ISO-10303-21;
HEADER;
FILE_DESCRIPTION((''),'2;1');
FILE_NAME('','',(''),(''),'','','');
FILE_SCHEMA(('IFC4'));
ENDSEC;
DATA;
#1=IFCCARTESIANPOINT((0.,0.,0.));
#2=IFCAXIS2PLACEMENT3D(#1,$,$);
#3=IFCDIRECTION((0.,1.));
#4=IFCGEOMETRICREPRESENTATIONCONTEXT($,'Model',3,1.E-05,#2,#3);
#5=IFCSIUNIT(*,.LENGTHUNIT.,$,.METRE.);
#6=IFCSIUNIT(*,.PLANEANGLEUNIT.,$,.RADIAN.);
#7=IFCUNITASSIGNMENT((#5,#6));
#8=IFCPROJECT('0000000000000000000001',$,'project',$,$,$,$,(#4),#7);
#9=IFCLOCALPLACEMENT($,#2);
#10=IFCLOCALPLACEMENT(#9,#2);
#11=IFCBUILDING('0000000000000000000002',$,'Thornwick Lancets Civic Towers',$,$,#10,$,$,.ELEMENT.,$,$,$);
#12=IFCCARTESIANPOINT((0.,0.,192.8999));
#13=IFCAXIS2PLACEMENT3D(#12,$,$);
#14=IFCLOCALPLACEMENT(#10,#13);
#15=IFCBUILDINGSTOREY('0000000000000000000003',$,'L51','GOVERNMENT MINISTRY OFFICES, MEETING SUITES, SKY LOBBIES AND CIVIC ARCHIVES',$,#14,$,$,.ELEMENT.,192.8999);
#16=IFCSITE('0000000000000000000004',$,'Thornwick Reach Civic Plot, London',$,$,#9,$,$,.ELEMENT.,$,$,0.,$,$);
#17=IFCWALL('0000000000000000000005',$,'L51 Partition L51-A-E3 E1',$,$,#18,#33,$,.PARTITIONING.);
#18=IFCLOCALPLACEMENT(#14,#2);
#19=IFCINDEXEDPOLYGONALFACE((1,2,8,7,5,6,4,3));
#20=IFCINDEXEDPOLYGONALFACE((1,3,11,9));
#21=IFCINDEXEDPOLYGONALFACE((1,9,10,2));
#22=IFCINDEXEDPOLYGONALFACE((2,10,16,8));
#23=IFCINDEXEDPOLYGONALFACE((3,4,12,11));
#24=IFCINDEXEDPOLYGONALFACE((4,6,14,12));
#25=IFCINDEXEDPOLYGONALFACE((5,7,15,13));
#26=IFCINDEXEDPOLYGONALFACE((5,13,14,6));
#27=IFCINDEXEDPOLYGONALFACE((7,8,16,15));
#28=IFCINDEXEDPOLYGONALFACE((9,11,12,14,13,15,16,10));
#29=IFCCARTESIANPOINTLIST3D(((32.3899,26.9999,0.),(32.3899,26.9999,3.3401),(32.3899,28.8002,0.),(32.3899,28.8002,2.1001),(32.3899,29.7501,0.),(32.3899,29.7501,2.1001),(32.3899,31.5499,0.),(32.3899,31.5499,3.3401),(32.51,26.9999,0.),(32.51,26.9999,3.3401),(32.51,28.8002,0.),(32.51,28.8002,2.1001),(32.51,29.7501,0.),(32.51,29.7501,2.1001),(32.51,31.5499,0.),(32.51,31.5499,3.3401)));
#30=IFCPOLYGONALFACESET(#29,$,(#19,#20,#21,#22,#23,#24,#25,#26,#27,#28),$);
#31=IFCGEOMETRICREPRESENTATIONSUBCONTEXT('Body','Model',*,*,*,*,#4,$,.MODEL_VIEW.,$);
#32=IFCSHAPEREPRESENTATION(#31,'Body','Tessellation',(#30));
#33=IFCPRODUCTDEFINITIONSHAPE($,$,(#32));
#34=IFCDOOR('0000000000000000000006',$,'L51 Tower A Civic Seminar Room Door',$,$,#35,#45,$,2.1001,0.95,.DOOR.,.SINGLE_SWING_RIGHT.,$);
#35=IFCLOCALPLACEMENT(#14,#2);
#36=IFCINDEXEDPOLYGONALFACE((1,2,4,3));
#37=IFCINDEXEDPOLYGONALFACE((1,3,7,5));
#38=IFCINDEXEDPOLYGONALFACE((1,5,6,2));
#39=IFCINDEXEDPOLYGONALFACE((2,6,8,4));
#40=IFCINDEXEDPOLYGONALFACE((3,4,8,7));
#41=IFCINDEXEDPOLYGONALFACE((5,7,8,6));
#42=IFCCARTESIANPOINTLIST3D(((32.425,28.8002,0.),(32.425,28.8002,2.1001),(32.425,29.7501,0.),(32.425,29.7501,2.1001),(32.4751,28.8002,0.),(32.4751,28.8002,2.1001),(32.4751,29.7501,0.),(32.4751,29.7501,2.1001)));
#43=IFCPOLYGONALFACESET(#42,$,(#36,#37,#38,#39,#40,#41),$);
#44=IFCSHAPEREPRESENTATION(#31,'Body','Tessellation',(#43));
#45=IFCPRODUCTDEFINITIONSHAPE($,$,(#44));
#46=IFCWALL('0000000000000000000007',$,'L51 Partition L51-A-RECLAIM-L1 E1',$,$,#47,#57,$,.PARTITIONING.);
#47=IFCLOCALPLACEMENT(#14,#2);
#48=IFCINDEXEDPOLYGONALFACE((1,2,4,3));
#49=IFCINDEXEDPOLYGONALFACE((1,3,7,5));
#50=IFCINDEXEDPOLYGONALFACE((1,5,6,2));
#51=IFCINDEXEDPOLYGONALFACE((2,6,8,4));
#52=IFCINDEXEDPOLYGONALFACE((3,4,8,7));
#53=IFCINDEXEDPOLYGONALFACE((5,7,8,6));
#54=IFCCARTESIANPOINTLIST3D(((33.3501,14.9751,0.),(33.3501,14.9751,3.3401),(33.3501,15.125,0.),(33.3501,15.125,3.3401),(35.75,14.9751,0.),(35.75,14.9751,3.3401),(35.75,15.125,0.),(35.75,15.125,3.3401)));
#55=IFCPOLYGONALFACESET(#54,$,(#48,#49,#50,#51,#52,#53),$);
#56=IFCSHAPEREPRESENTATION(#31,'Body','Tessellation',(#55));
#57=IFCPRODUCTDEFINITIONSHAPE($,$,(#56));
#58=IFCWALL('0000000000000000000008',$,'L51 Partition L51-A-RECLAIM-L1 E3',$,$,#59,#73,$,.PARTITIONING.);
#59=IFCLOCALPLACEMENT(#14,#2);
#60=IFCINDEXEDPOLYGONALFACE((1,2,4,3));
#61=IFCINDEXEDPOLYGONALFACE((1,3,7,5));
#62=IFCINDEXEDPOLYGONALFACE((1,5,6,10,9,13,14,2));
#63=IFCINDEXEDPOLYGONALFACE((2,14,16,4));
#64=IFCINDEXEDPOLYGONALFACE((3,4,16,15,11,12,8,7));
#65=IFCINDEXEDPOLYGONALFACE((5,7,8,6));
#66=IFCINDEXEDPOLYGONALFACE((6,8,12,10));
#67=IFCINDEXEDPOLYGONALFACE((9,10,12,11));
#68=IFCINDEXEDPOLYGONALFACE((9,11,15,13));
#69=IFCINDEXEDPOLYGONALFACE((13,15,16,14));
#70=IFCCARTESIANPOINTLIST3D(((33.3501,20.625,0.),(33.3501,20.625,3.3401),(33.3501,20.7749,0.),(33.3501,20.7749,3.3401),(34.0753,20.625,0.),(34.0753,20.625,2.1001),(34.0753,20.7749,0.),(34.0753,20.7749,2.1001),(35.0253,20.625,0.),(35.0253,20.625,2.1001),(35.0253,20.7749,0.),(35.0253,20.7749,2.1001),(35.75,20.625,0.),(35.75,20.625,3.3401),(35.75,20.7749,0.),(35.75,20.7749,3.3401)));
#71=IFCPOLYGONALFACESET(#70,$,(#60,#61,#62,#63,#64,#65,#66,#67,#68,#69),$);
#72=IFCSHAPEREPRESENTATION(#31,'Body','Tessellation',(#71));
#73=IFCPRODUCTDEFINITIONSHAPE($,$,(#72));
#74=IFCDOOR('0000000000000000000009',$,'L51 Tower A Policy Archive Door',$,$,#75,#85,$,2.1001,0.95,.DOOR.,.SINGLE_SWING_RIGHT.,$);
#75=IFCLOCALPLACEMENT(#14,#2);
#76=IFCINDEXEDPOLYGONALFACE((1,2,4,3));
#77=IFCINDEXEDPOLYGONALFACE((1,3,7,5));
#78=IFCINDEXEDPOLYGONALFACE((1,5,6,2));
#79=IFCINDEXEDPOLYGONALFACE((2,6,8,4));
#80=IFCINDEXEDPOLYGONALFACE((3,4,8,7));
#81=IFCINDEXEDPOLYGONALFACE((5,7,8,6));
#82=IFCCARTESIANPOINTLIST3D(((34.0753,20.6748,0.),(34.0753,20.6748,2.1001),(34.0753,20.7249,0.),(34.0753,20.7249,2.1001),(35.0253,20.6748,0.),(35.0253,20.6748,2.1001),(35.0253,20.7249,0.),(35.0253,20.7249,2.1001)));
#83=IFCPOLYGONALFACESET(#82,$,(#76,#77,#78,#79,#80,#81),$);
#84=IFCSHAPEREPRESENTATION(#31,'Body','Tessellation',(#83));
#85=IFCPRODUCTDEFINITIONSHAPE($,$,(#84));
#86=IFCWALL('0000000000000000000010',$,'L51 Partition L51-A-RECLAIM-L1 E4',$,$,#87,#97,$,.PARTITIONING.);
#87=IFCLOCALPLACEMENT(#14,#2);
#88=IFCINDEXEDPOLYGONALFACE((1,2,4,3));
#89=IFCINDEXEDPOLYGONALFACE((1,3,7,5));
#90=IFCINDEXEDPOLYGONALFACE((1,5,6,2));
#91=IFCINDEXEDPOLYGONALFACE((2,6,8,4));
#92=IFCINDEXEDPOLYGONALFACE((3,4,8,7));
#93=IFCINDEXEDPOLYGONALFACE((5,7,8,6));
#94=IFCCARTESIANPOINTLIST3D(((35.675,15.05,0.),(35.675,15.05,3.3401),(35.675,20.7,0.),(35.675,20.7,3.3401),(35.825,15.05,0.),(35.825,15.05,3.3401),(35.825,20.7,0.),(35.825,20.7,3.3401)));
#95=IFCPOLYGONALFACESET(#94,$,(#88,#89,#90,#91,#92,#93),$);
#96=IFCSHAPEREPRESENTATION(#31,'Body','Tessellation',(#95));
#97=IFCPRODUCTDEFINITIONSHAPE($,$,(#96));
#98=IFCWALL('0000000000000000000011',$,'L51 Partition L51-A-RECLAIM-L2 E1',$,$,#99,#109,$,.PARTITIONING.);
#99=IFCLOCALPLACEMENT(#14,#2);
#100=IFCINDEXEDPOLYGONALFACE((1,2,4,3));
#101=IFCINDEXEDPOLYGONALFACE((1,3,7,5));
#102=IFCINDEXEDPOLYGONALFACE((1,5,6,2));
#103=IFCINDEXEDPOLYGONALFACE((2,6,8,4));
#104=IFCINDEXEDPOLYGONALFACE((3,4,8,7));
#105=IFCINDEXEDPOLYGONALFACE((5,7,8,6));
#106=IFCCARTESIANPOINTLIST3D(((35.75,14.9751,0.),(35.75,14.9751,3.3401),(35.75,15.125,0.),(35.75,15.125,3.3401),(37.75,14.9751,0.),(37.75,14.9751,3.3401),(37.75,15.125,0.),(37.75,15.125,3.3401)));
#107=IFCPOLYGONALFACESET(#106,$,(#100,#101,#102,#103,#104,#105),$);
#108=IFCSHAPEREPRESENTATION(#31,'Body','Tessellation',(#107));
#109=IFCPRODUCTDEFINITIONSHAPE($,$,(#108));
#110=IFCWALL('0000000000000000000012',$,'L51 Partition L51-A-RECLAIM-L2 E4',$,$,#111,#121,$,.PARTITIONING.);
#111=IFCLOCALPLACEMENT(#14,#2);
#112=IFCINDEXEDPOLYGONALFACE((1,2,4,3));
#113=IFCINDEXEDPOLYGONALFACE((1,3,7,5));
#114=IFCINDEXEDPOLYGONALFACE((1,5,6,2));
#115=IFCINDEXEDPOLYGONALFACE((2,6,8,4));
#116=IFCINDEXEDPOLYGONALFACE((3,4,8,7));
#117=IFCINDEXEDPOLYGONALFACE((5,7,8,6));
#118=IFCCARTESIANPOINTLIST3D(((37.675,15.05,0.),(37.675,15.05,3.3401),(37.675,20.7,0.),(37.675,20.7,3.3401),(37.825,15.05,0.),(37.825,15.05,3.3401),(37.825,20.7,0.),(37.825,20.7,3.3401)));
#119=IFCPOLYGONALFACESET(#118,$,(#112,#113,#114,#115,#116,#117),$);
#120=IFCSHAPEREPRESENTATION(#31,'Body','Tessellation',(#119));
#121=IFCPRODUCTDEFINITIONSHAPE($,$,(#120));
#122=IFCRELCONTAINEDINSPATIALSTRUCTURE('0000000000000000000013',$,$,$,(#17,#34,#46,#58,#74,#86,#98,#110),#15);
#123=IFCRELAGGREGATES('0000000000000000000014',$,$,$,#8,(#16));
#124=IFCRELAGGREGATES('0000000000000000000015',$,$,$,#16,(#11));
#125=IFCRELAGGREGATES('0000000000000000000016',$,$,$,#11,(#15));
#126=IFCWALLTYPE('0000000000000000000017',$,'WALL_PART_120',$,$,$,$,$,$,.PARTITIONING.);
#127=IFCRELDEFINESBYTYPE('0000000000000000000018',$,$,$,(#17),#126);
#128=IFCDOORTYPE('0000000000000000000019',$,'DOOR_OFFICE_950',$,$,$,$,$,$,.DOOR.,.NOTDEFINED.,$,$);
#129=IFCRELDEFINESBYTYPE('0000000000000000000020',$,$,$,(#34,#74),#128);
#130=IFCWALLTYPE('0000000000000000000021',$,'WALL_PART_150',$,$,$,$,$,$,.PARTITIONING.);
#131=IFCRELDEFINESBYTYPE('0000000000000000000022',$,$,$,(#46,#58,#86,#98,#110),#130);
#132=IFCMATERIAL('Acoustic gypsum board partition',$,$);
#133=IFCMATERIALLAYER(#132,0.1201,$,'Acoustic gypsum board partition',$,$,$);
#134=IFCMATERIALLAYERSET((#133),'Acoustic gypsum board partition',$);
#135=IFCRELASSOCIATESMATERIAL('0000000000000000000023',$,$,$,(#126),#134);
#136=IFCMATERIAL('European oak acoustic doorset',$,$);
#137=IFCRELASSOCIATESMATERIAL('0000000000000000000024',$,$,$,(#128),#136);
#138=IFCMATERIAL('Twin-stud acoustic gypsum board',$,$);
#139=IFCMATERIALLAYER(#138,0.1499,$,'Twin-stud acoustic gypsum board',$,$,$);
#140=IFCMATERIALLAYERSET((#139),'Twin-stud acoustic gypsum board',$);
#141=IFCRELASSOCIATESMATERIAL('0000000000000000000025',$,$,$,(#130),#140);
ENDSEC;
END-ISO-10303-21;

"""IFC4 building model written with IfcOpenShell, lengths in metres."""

from ifc_helpers import new_model, si_unit, direction, frame, frame_2d, origin, place, context, subcontext, project, spatial, rectangle, extrude, material, layer, layer_set, type_object, element, fill, save


model = new_model("IFC4")

# Units and contexts
model_context = context("Model", 3, precision=1e-05, world=origin(), true_north=direction((0.0, 1.0)))
body_context = subcontext(model_context, "Body", "Model", "MODEL_VIEW")
ifc_project = project(units=[si_unit("LENGTHUNIT", "METRE"), si_unit("PLANEANGLEUNIT", "RADIAN")], contexts=[model_context])

# Site, building, storey
site_placement = place(None, origin())
site = spatial("IfcSite", under=ifc_project, at=site_placement, Name="Thornwick Reach Civic Plot, London", CompositionType="ELEMENT", RefElevation=0.0)
building_placement = place(site_placement, origin())
building = spatial("IfcBuilding", under=site, at=building_placement, Name="Thornwick Lancets Civic Towers", CompositionType="ELEMENT")
storey_placement = place(building_placement, frame((0.0, 0.0, 192.8999)))
storey = spatial("IfcBuildingStorey", under=building, at=storey_placement, Name="L51", Description="GOVERNMENT MINISTRY OFFICES, MEETING SUITES, SKY LOBBIES AND CIVIC ARCHIVES", CompositionType="ELEMENT", Elevation=192.8999)

# Shared definitions
ifc_material_1 = material(Name="Acoustic gypsum board partition")
ifc_layer_1 = layer(ifc_material_1, 0.1201, Name="Acoustic gypsum board partition")
ifc_layer_set_1 = layer_set([ifc_layer_1], Name="Acoustic gypsum board partition")
wall_type_1 = type_object("IfcWallType", Name="WALL_PART_120", PredefinedType="PARTITIONING", material=ifc_layer_set_1)
ifc_material_2 = material(Name="European oak acoustic doorset")
door_type_1 = type_object("IfcDoorType", Name="DOOR_OFFICE_950", OperationType="NOTDEFINED", PredefinedType="DOOR", material=ifc_material_2)

# Wall, opening, door
wall_1_placement = place(storey_placement, frame((32.45, 27.0, 0.0), z_axis=(0.0, 0.0, 1.0), x_axis=(0.0, 1.0, 0.0)))
wall_1 = element("IfcWall", 1, at=wall_1_placement, inside=storey, type_object=wall_type_1, Name="L51 Partition L51-A-E3 E1", PredefinedType="PARTITIONING", context=body_context, shape_type="SweptSolid", body=[
    extrude(rectangle(XDim=4.55, YDim=0.1201, at=frame_2d((2.2749, 0.0))), origin(), (0.0, 0.0, 1.0), 3.3401),
])
opening_1_placement = place(wall_1_placement, frame((1.8, 0.0, 0.0)))
opening_1 = element("IfcOpeningElement", 2, at=opening_1_placement, cuts=wall_1, PredefinedType="OPENING", context=body_context, shape_type="SweptSolid", body=[
    extrude(rectangle(XDim=0.95, YDim=2.1001, at=frame_2d((0.4751, 1.05))), frame((0.0, 0.0701, 0.0), z_axis=(0.0, -1.0, 0.0), x_axis=(1.0, 0.0, 0.0)), (0.0, 0.0, 1.0), 0.1401),
])
door_1_placement = place(opening_1_placement, origin())
door_1 = element("IfcDoor", 3, at=door_1_placement, inside=storey, type_object=door_type_1, Name="L51 Tower A Civic Seminar Room Door", OperationType="SINGLE_SWING_RIGHT", OverallHeight=2.1001, OverallWidth=0.95, PredefinedType="DOOR", context=body_context, shape_type="SweptSolid", body=[
    extrude(rectangle(XDim=0.95, YDim=2.1001, at=frame_2d((0.4751, 1.05))), frame((0.0, 0.0249, 0.0), z_axis=(0.0, -1.0, 0.0), x_axis=(1.0, 0.0, 0.0)), (0.0, 0.0, 1.0), 0.05),
])
fill(opening_1, door_1)

# Wall
ifc_material_3 = material(Name="Twin-stud acoustic gypsum board")
ifc_layer_2 = layer(ifc_material_3, 0.1499, Name="Twin-stud acoustic gypsum board")
ifc_layer_set_2 = layer_set([ifc_layer_2], Name="Twin-stud acoustic gypsum board")
wall_type_2 = type_object("IfcWallType", Name="WALL_PART_150", PredefinedType="PARTITIONING", material=ifc_layer_set_2)
wall_2_placement = place(storey_placement, frame((35.75, 15.05, 0.0), z_axis=(0.0, 0.0, 1.0), x_axis=(-1.0, 0.0, 0.0)))
element("IfcWall", 4, at=wall_2_placement, inside=storey, type_object=wall_type_2, Name="L51 Partition L51-A-RECLAIM-L1 E1", PredefinedType="PARTITIONING", context=body_context, shape_type="SweptSolid", body=[
    extrude(rectangle(XDim=2.3999, YDim=0.1499, at=frame_2d((1.2, 0.0))), origin(), (0.0, 0.0, 1.0), 3.3401),
])

# Wall, opening, door
wall_3_placement = place(storey_placement, frame((33.3501, 20.7, 0.0), z_axis=(0.0, 0.0, 1.0), x_axis=(1.0, 0.0, 0.0)))
wall_3 = element("IfcWall", 5, at=wall_3_placement, inside=storey, type_object=wall_type_2, Name="L51 Partition L51-A-RECLAIM-L1 E3", PredefinedType="PARTITIONING", context=body_context, shape_type="SweptSolid", body=[
    extrude(rectangle(XDim=2.3999, YDim=0.1499, at=frame_2d((1.2, 0.0))), origin(), (0.0, 0.0, 1.0), 3.3401),
])
opening_2_placement = place(wall_3_placement, frame((0.7251, 0.0, 0.0)))
opening_2 = element("IfcOpeningElement", 6, at=opening_2_placement, cuts=wall_3, PredefinedType="OPENING", context=body_context, shape_type="SweptSolid", body=[
    extrude(rectangle(XDim=0.95, YDim=2.1001, at=frame_2d((0.4751, 1.05))), frame((0.0, 0.085, 0.0), z_axis=(0.0, -1.0, 0.0), x_axis=(1.0, 0.0, 0.0)), (0.0, 0.0, 1.0), 0.1699),
])
door_2_placement = place(opening_2_placement, origin())
door_2 = element("IfcDoor", 7, at=door_2_placement, inside=storey, type_object=door_type_1, Name="L51 Tower A Policy Archive Door", OperationType="SINGLE_SWING_RIGHT", OverallHeight=2.1001, OverallWidth=0.95, PredefinedType="DOOR", context=body_context, shape_type="SweptSolid", body=[
    extrude(rectangle(XDim=0.95, YDim=2.1001, at=frame_2d((0.4751, 1.05))), frame((0.0, 0.0249, 0.0), z_axis=(0.0, -1.0, 0.0), x_axis=(1.0, 0.0, 0.0)), (0.0, 0.0, 1.0), 0.05),
])
fill(opening_2, door_2)

# Walls
wall_4_placement = place(storey_placement, frame((35.75, 20.7, 0.0), z_axis=(0.0, 0.0, 1.0), x_axis=(0.0, -1.0, 0.0)))
element("IfcWall", 8, at=wall_4_placement, inside=storey, type_object=wall_type_2, Name="L51 Partition L51-A-RECLAIM-L1 E4", PredefinedType="PARTITIONING", context=body_context, shape_type="SweptSolid", body=[
    extrude(rectangle(XDim=5.6499, YDim=0.1499, at=frame_2d((2.825, 0.0))), origin(), (0.0, 0.0, 1.0), 3.3401),
])
wall_5_placement = place(storey_placement, frame((37.75, 15.05, 0.0), z_axis=(0.0, 0.0, 1.0), x_axis=(-1.0, 0.0, 0.0)))
element("IfcWall", 9, at=wall_5_placement, inside=storey, type_object=wall_type_2, Name="L51 Partition L51-A-RECLAIM-L2 E1", PredefinedType="PARTITIONING", context=body_context, shape_type="SweptSolid", body=[
    extrude(rectangle(XDim=2.0, YDim=0.1499, at=frame_2d((1.0, 0.0))), origin(), (0.0, 0.0, 1.0), 3.3401),
])

# Wall
wall_6_placement = place(storey_placement, frame((37.75, 20.7, 0.0), z_axis=(0.0, 0.0, 1.0), x_axis=(0.0, -1.0, 0.0)))
element("IfcWall", 10, at=wall_6_placement, inside=storey, type_object=wall_type_2, Name="L51 Partition L51-A-RECLAIM-L2 E4", PredefinedType="PARTITIONING", context=body_context, shape_type="SweptSolid", body=[
    extrude(rectangle(XDim=5.6499, YDim=0.1499, at=frame_2d((2.825, 0.0))), origin(), (0.0, 0.0, 1.0), 3.3401),
])

save(model, "model.ifc")
